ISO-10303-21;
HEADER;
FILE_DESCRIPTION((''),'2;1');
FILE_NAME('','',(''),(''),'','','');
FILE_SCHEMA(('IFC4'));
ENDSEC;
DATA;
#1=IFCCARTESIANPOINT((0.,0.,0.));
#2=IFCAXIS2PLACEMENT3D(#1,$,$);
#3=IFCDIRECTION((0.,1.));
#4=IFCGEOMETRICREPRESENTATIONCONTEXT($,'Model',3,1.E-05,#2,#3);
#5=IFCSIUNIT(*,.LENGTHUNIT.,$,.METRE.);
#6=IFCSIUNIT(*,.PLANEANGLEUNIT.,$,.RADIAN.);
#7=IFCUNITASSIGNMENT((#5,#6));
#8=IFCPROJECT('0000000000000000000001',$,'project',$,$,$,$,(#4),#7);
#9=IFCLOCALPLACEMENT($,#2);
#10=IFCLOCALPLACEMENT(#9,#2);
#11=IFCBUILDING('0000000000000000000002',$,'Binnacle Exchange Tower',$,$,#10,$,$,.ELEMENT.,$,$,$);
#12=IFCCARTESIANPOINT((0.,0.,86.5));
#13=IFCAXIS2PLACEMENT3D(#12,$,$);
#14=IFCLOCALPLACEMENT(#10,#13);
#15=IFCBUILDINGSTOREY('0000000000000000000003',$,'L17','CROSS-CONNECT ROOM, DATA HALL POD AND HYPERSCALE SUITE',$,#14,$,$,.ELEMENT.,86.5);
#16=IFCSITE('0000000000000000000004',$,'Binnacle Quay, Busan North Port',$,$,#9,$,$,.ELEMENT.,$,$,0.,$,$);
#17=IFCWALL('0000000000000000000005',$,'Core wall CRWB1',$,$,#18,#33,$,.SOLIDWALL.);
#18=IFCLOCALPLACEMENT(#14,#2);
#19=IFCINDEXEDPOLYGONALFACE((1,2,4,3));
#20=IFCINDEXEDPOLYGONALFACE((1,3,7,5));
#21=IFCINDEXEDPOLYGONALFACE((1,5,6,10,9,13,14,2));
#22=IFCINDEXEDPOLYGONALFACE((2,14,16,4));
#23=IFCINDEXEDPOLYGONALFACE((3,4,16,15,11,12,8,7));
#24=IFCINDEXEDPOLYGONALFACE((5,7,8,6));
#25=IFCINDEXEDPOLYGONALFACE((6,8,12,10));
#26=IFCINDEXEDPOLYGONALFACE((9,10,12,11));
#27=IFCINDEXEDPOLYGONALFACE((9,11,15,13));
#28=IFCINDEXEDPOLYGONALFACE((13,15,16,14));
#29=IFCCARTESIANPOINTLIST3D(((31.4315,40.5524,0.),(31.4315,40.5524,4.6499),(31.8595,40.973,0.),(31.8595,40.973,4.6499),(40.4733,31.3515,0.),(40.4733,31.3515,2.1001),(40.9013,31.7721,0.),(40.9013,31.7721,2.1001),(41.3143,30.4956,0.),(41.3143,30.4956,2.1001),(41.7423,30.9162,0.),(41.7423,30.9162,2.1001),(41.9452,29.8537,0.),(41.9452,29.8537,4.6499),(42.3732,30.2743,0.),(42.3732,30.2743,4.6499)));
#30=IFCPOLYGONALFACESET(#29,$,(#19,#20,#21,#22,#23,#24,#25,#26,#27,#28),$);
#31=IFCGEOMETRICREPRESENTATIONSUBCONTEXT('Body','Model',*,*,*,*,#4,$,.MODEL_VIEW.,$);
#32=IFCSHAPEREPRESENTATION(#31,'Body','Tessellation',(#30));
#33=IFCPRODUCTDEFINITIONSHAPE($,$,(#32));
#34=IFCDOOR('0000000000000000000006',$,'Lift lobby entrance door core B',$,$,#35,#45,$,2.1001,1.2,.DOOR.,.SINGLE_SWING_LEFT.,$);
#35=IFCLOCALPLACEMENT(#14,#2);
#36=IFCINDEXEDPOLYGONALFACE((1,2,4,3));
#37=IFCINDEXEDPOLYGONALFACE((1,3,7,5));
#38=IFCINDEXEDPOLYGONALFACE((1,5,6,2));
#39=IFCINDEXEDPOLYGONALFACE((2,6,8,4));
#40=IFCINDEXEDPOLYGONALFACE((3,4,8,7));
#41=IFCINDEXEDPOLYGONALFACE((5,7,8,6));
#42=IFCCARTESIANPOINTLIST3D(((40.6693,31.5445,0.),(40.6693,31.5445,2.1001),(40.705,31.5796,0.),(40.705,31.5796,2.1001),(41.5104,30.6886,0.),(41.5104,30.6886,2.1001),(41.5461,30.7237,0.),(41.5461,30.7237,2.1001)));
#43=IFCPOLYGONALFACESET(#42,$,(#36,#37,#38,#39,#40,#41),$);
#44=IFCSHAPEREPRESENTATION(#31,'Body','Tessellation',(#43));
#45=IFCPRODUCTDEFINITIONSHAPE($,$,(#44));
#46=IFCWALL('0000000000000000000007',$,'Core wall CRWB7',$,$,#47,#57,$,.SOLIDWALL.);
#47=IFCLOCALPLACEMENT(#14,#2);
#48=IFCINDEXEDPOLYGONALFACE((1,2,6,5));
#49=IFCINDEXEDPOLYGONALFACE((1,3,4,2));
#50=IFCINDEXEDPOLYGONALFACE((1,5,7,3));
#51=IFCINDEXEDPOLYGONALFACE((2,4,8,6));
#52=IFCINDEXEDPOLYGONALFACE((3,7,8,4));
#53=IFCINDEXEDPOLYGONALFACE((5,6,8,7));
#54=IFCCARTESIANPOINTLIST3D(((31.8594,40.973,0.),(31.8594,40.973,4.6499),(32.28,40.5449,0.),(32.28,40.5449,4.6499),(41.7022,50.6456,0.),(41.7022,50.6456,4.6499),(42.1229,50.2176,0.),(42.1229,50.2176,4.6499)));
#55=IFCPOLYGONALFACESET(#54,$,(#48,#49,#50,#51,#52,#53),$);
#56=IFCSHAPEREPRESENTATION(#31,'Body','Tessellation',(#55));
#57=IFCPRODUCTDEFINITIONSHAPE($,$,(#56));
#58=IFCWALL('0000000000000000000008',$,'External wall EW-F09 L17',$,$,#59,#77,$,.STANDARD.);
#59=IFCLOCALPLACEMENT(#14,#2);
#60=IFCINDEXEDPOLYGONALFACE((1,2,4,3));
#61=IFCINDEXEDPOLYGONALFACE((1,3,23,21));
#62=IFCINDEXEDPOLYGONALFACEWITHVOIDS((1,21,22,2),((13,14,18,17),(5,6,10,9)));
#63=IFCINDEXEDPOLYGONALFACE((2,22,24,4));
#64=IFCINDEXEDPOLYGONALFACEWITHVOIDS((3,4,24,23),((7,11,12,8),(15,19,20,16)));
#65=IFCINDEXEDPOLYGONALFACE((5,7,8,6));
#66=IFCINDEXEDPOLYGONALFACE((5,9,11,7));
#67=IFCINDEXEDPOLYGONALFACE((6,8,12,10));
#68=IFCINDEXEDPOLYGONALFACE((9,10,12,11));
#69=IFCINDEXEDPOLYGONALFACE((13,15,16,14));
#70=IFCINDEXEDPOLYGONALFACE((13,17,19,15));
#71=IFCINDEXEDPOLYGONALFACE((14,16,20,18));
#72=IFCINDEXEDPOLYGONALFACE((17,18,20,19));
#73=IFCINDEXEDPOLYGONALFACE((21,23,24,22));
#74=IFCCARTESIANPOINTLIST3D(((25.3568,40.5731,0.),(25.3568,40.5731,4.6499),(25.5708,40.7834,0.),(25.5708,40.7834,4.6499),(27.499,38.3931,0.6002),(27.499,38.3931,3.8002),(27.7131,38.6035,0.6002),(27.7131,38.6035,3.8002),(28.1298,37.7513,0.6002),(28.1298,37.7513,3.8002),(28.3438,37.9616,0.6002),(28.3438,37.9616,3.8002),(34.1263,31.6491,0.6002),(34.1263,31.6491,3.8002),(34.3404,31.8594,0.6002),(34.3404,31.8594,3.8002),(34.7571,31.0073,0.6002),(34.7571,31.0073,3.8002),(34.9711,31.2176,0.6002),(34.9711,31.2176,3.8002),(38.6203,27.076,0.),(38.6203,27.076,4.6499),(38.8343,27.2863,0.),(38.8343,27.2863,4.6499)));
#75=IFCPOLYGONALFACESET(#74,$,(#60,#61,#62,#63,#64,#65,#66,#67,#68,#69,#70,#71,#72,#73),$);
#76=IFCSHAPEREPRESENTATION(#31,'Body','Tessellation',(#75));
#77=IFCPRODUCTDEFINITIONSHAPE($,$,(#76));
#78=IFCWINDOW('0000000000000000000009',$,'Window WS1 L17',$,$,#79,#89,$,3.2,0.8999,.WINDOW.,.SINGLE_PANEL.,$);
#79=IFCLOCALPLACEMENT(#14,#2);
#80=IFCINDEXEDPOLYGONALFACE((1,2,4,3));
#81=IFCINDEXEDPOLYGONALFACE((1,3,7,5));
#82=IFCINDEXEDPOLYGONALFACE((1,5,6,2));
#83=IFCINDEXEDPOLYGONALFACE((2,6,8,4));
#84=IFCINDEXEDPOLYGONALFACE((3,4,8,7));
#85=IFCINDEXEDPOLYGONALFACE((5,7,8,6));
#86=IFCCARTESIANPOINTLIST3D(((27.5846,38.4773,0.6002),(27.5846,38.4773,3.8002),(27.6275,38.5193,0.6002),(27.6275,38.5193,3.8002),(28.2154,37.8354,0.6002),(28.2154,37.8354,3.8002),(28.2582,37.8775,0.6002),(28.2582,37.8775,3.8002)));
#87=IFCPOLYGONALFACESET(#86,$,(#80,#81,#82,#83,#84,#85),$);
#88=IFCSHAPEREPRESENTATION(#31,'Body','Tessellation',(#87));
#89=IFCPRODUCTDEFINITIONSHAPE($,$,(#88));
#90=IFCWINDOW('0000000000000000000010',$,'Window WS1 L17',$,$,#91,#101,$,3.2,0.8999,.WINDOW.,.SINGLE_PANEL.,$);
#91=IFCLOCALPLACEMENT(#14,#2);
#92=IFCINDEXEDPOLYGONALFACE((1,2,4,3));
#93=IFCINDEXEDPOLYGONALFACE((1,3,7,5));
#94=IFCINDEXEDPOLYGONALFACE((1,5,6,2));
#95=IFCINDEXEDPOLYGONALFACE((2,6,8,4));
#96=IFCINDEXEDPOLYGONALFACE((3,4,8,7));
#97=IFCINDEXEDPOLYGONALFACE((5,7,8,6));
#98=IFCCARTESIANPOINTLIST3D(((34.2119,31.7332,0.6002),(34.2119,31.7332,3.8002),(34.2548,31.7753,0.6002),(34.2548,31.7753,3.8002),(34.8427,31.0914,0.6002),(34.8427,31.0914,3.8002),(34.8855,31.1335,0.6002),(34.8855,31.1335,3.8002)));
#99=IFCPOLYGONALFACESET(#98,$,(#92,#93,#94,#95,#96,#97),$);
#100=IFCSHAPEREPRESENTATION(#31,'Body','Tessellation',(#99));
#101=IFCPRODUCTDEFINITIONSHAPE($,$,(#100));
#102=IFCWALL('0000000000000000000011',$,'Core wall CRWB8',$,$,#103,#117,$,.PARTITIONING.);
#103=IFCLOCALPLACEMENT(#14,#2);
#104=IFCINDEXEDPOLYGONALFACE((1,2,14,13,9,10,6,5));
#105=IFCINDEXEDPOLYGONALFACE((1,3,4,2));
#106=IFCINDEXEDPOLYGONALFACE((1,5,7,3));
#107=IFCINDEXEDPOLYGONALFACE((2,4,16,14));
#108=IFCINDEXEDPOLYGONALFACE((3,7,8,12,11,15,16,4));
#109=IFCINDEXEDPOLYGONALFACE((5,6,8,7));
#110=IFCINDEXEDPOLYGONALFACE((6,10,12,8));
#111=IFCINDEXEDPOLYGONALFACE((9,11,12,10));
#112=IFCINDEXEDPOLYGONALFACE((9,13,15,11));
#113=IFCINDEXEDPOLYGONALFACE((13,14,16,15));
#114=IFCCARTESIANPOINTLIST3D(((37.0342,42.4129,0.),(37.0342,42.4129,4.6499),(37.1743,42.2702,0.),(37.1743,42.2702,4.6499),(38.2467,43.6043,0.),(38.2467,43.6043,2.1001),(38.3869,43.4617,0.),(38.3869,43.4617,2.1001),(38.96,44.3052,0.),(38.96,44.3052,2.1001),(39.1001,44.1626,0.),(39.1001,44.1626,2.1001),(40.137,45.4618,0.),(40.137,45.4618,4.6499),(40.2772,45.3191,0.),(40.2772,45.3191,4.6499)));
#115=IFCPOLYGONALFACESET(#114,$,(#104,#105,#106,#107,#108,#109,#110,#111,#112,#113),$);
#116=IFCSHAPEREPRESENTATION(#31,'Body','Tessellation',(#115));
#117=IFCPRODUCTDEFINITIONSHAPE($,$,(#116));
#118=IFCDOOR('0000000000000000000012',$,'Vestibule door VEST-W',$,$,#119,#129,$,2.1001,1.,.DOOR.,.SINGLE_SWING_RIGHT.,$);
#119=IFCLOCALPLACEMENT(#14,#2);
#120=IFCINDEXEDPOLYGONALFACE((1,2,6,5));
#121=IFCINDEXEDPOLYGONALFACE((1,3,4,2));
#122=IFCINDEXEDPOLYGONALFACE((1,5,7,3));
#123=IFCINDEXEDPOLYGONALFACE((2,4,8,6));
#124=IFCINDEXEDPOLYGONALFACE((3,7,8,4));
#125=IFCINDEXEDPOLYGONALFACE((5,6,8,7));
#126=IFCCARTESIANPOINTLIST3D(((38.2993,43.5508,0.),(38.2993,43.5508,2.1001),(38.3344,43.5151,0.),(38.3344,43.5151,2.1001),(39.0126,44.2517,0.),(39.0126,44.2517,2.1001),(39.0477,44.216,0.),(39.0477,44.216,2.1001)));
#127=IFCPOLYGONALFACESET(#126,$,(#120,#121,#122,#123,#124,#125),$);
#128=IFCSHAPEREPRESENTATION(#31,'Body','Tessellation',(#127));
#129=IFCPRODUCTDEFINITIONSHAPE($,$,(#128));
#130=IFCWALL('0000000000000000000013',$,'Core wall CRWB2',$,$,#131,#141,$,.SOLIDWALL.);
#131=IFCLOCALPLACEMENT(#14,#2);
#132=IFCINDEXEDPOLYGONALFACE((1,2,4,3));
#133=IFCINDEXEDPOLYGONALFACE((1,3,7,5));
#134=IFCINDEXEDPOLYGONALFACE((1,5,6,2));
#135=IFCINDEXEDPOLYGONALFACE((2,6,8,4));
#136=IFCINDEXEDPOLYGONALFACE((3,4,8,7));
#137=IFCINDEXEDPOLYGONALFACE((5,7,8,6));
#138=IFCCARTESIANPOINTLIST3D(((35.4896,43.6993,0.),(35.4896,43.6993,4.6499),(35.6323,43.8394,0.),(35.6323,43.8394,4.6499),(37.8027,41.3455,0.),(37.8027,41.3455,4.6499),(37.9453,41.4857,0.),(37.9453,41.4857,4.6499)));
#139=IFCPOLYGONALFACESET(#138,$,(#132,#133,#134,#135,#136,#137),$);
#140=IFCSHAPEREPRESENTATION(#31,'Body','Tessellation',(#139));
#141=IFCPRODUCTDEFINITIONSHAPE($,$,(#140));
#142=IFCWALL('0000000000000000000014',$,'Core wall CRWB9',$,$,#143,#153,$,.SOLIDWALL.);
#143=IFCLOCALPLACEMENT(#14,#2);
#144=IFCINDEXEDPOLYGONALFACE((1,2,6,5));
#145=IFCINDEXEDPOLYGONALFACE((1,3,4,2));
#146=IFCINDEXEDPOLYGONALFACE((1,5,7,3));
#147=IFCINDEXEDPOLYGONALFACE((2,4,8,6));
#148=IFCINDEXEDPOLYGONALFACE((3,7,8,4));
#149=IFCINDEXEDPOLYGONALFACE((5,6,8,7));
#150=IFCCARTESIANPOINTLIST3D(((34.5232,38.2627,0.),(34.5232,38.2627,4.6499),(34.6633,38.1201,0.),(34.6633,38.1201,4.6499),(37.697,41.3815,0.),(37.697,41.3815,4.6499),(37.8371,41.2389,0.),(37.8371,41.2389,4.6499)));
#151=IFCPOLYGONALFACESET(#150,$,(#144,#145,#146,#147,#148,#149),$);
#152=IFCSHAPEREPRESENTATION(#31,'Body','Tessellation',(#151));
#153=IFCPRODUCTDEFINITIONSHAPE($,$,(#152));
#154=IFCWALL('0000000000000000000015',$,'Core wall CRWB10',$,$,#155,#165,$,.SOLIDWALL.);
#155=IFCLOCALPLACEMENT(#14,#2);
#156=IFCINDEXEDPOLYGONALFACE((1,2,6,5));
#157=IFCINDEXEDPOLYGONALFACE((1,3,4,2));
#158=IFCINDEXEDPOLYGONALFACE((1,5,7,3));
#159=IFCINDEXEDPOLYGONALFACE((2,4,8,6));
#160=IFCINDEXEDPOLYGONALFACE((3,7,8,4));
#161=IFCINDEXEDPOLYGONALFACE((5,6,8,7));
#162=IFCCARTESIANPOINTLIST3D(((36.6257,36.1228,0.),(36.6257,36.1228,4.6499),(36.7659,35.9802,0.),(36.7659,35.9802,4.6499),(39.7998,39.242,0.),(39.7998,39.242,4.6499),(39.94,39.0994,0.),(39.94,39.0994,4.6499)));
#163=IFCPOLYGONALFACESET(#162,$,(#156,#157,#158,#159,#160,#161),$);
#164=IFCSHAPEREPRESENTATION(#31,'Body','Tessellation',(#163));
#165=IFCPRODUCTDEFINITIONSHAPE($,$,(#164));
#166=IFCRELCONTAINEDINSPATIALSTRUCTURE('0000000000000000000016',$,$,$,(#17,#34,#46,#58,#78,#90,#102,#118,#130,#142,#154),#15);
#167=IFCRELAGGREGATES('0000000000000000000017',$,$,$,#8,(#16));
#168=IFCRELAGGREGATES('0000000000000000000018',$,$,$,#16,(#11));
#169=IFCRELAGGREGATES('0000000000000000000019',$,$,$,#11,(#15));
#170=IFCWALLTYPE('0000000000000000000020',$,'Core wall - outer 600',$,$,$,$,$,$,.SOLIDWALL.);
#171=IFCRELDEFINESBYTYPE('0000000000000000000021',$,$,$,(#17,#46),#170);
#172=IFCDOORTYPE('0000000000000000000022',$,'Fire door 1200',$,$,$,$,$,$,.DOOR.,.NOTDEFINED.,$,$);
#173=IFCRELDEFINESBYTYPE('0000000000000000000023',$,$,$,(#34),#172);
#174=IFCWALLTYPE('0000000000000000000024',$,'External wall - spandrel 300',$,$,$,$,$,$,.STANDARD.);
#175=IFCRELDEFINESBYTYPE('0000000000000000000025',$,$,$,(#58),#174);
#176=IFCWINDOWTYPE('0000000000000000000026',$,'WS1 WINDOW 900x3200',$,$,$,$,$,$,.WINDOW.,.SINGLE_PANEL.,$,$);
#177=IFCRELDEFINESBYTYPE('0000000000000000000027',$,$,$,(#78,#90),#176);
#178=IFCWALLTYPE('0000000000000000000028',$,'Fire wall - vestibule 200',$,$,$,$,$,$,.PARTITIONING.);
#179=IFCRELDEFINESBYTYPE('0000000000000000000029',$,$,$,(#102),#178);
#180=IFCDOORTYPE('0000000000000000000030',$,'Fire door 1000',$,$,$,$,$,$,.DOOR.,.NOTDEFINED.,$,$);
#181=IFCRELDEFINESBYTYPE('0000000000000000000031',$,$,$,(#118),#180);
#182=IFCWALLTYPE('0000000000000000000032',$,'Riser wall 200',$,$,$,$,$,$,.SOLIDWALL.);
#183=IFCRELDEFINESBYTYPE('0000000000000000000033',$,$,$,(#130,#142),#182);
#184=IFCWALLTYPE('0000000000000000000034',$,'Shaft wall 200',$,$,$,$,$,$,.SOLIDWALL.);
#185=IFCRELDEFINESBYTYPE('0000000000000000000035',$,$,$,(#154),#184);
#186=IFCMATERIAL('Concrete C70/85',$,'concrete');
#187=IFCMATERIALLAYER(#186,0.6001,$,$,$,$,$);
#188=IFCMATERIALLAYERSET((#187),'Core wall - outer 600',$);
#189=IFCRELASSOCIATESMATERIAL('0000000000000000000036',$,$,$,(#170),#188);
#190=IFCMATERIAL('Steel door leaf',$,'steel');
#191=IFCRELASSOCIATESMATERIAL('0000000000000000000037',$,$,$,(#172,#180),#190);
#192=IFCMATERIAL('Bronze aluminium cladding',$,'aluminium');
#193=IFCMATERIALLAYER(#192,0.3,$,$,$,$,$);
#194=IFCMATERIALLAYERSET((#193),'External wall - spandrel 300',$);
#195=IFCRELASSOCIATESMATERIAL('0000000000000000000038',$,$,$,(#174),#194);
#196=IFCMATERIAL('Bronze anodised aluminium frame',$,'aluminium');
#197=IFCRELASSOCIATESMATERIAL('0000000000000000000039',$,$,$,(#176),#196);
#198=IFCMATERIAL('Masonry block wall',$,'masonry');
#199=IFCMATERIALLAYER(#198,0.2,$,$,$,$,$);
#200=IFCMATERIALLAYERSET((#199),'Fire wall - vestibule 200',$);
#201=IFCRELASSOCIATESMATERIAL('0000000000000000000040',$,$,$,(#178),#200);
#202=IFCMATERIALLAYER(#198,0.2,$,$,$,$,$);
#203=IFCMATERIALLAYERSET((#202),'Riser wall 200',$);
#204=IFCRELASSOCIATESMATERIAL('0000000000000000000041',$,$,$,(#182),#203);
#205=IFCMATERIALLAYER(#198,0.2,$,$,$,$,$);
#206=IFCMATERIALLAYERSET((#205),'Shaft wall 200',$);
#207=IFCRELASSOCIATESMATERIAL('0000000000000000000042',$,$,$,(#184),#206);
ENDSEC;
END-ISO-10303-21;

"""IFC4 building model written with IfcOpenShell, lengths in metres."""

from ifc_helpers import new_model, si_unit, direction, frame, frame_2d, origin, place, context, subcontext, project, spatial, rectangle, extrude, material, layer, layer_set, type_object, element, fill, save


model = new_model("IFC4")

# Units and contexts
model_context = context("Model", 3, precision=1e-05, world=origin(), true_north=direction((0.0, 1.0)))
body_context = subcontext(model_context, "Body", "Model", "MODEL_VIEW")
ifc_project = project(units=[si_unit("LENGTHUNIT", "METRE"), si_unit("PLANEANGLEUNIT", "RADIAN")], contexts=[model_context])

# Site, building, storey
site_placement = place(None, origin())
site = spatial("IfcSite", under=ifc_project, at=site_placement, Name="Binnacle Quay, Busan North Port", CompositionType="ELEMENT", RefElevation=0.0)
building_placement = place(site_placement, origin())
building = spatial("IfcBuilding", under=site, at=building_placement, Name="Binnacle Exchange Tower", CompositionType="ELEMENT")
storey_placement = place(building_placement, frame((0.0, 0.0, 86.5)))
storey = spatial("IfcBuildingStorey", under=building, at=storey_placement, Name="L17", Description="CROSS-CONNECT ROOM, DATA HALL POD AND HYPERSCALE SUITE", CompositionType="ELEMENT", Elevation=86.5)

# Shared definitions
ifc_material_1 = material(Name="Concrete C70/85", Category="concrete")

# Shared definitions
ifc_material_2 = material(Name="Steel door leaf", Category="steel")

# Wall, opening, door
ifc_layer_1 = layer(ifc_material_1, 0.6001)
ifc_layer_set_1 = layer_set([ifc_layer_1], Name="Core wall - outer 600")
wall_type_1 = type_object("IfcWallType", Name="Core wall - outer 600", PredefinedType="SOLIDWALL", material=ifc_layer_set_1)
wall_1_placement = place(storey_placement, frame((31.6455, 40.7627, 0.0), z_axis=(0.0, 0.0, 1.0), x_axis=(0.700911, -0.713248, 0.0)))
wall_1 = element("IfcWall", 1, at=wall_1_placement, inside=storey, type_object=wall_type_1, Name="Core wall CRWB1", PredefinedType="SOLIDWALL", context=body_context, shape_type="SweptSolid", body=[
    extrude(rectangle(XDim=15.0, YDim=0.6001, at=frame_2d((7.5, 0.0))), origin(), (0.0, 0.0, 1.0), 4.6499),
])
opening_1_placement = place(wall_1_placement, frame((12.8999, 0.0, 0.0)))
opening_1 = element("IfcOpeningElement", 2, at=opening_1_placement, cuts=wall_1, PredefinedType="OPENING", context=body_context, shape_type="SweptSolid", body=[
    extrude(rectangle(XDim=1.2, YDim=2.1001, at=frame_2d((0.6001, 1.05))), frame((0.0, 0.3101, 0.0), z_axis=(0.0, -1.0, 0.0), x_axis=(1.0, 0.0, 0.0)), (0.0, 0.0, 1.0), 0.6201),
])
door_type_1 = type_object("IfcDoorType", Name="Fire door 1200", OperationType="NOTDEFINED", PredefinedType="DOOR", material=ifc_material_2)
door_1_placement = place(opening_1_placement, frame((1.2, 0.0, 0.0), z_axis=(0.0, 0.0, 1.0), x_axis=(-1.0, 0.0, 0.0)))
door_1 = element("IfcDoor", 3, at=door_1_placement, inside=storey, type_object=door_type_1, Name="Lift lobby entrance door core B", OperationType="SINGLE_SWING_LEFT", OverallHeight=2.1001, OverallWidth=1.2, PredefinedType="DOOR", context=body_context, shape_type="SweptSolid", body=[
    extrude(rectangle(XDim=1.2, YDim=2.1001, at=frame_2d((0.6001, 1.05))), frame((0.0, 0.0249, 0.0), z_axis=(0.0, -1.0, 0.0), x_axis=(1.0, 0.0, 0.0)), (0.0, 0.0, 1.0), 0.05),
])
fill(opening_1, door_1)

# Wall
wall_2_placement = place(storey_placement, frame((32.0698, 40.759, 0.0), z_axis=(0.0, 0.0, 1.0), x_axis=(0.713245, 0.700914, 0.0)))
element("IfcWall", 4, at=wall_2_placement, inside=storey, type_object=wall_type_1, Name="Core wall CRWB7", PredefinedType="SOLIDWALL", context=body_context, shape_type="SweptSolid", body=[
    extrude(rectangle(XDim=13.8, YDim=0.6001, at=frame_2d((6.8999, 0.0))), origin(), (0.0, 0.0, 1.0), 4.6499),
])

# Wall, openings, windows
ifc_material_3 = material(Name="Bronze aluminium cladding", Category="aluminium")
ifc_layer_2 = layer(ifc_material_3, 0.3)
ifc_layer_set_2 = layer_set([ifc_layer_2], Name="External wall - spandrel 300")
wall_type_2 = type_object("IfcWallType", Name="External wall - spandrel 300", PredefinedType="STANDARD", material=ifc_layer_set_2)
wall_3_placement = place(storey_placement, frame((38.7273, 27.1812, 0.0), z_axis=(0.0, 0.0, 1.0), x_axis=(-0.700906, 0.713253, 0.0)))
wall_3 = element("IfcWall", 5, at=wall_3_placement, inside=storey, type_object=wall_type_2, Name="External wall EW-F09 L17", PredefinedType="STANDARD", context=body_context, shape_type="SweptSolid", body=[
    extrude(rectangle(XDim=18.9233, YDim=0.3, at=frame_2d((9.4617, 0.0))), origin(), (0.0, 0.0, 1.0), 4.6499),
])
opening_2_placement = place(wall_3_placement, frame((14.967, 0.0, 0.6001)))
opening_2 = element("IfcOpeningElement", 6, at=opening_2_placement, cuts=wall_3, PredefinedType="OPENING", context=body_context, shape_type="SweptSolid", body=[
    extrude(rectangle(XDim=0.8999, YDim=3.2, at=frame_2d((0.45, 1.6001))), frame((0.0, 0.1599, 0.0), z_axis=(0.0, -1.0, 0.0), x_axis=(1.0, 0.0, 0.0)), (0.0, 0.0, 1.0), 0.3201),
])
opening_3_placement = place(wall_3_placement, frame((5.5117, 0.0, 0.6001)))
opening_3 = element("IfcOpeningElement", 7, at=opening_3_placement, cuts=wall_3, PredefinedType="OPENING", context=body_context, shape_type="SweptSolid", body=[
    extrude(rectangle(XDim=0.8999, YDim=3.2, at=frame_2d((0.45, 1.6001))), frame((0.0, 0.1599, 0.0), z_axis=(0.0, -1.0, 0.0), x_axis=(1.0, 0.0, 0.0)), (0.0, 0.0, 1.0), 0.3201),
])
ifc_material_4 = material(Name="Bronze anodised aluminium frame", Category="aluminium")
window_type = type_object("IfcWindowType", Name="WS1 WINDOW 900x3200", PartitioningType="SINGLE_PANEL", PredefinedType="WINDOW", material=ifc_material_4)
window_1_placement = place(opening_2_placement, origin())
window_1 = element("IfcWindow", 8, at=window_1_placement, inside=storey, type_object=window_type, Name="Window WS1 L17", OverallHeight=3.2, OverallWidth=0.8999, PartitioningType="SINGLE_PANEL", PredefinedType="WINDOW", context=body_context, shape_type="SweptSolid", body=[
    extrude(rectangle(XDim=0.8999, YDim=3.2, at=frame_2d((0.45, 1.6001))), frame((0.0, 0.03, 0.0), z_axis=(0.0, -1.0, 0.0), x_axis=(1.0, 0.0, 0.0)), (0.0, 0.0, 1.0), 0.0601),
])
fill(opening_2, window_1)
window_2_placement = place(opening_3_placement, origin())
window_2 = element("IfcWindow", 9, at=window_2_placement, inside=storey, type_object=window_type, Name="Window WS1 L17", OverallHeight=3.2, OverallWidth=0.8999, PartitioningType="SINGLE_PANEL", PredefinedType="WINDOW", context=body_context, shape_type="SweptSolid", body=[
    extrude(rectangle(XDim=0.8999, YDim=3.2, at=frame_2d((0.45, 1.6001))), frame((0.0, 0.03, 0.0), z_axis=(0.0, -1.0, 0.0), x_axis=(1.0, 0.0, 0.0)), (0.0, 0.0, 1.0), 0.0601),
])
fill(opening_3, window_2)

# Wall, opening, door
ifc_material_5 = material(Name="Masonry block wall", Category="masonry")
ifc_layer_3 = layer(ifc_material_5, 0.2)
ifc_layer_set_3 = layer_set([ifc_layer_3], Name="Fire wall - vestibule 200")
wall_type_3 = type_object("IfcWallType", Name="Fire wall - vestibule 200", PredefinedType="PARTITIONING", material=ifc_layer_set_3)
wall_4_placement = place(storey_placement, frame((37.1042, 42.3416, 0.0), z_axis=(0.0, 0.0, 1.0), x_axis=(0.713281, 0.700878, 0.0)))
wall_4 = element("IfcWall", 10, at=wall_4_placement, inside=storey, type_object=wall_type_3, Name="Core wall CRWB8", PredefinedType="PARTITIONING", context=body_context, shape_type="SweptSolid", body=[
    extrude(rectangle(XDim=4.3501, YDim=0.2, at=frame_2d((2.175, 0.0))), origin(), (0.0, 0.0, 1.0), 4.6499),
])
opening_4_placement = place(wall_4_placement, frame((1.7, 0.0, 0.0)))
opening_4 = element("IfcOpeningElement", 11, at=opening_4_placement, cuts=wall_4, PredefinedType="OPENING", context=body_context, shape_type="SweptSolid", body=[
    extrude(rectangle(XDim=1.0, YDim=2.1001, at=frame_2d((0.5, 1.05))), frame((0.0, 0.1099, 0.0), z_axis=(0.0, -1.0, 0.0), x_axis=(1.0, 0.0, 0.0)), (0.0, 0.0, 1.0), 0.22),
])
door_type_2 = type_object("IfcDoorType", Name="Fire door 1000", OperationType="NOTDEFINED", PredefinedType="DOOR", material=ifc_material_2)
door_2_placement = place(opening_4_placement, origin())
door_2 = element("IfcDoor", 12, at=door_2_placement, inside=storey, type_object=door_type_2, Name="Vestibule door VEST-W", OperationType="SINGLE_SWING_RIGHT", OverallHeight=2.1001, OverallWidth=1.0, PredefinedType="DOOR", context=body_context, shape_type="SweptSolid", body=[
    extrude(rectangle(XDim=1.0, YDim=2.1001, at=frame_2d((0.5, 1.05))), frame((0.0, 0.0249, 0.0), z_axis=(0.0, -1.0, 0.0), x_axis=(1.0, 0.0, 0.0)), (0.0, 0.0, 1.0), 0.05),
])
fill(opening_4, door_2)

# Walls
ifc_layer_4 = layer(ifc_material_5, 0.2)
ifc_layer_set_4 = layer_set([ifc_layer_4], Name="Riser wall 200")
wall_type_4 = type_object("IfcWallType", Name="Riser wall 200", PredefinedType="SOLIDWALL", material=ifc_layer_set_4)
wall_5_placement = place(storey_placement, frame((35.561, 43.7693, 0.0), z_axis=(0.0, 0.0, 1.0), x_axis=(0.700902, -0.713257, 0.0)))
element("IfcWall", 13, at=wall_5_placement, inside=storey, type_object=wall_type_4, Name="Core wall CRWB2", PredefinedType="SOLIDWALL", context=body_context, shape_type="SweptSolid", body=[
    extrude(rectangle(XDim=3.3, YDim=0.2, at=frame_2d((1.6499, 0.0))), origin(), (0.0, 0.0, 1.0), 4.6499),
])
wall_6_placement = place(storey_placement, frame((34.5933, 38.1914, 0.0), z_axis=(0.0, 0.0, 1.0), x_axis=(0.713252, 0.700907, 0.0)))
element("IfcWall", 14, at=wall_6_placement, inside=storey, type_object=wall_type_4, Name="Core wall CRWB9", PredefinedType="SOLIDWALL", context=body_context, shape_type="SweptSolid", body=[
    extrude(rectangle(XDim=4.4497, YDim=0.2, at=frame_2d((2.2249, 0.0))), origin(), (0.0, 0.0, 1.0), 4.6499),
])
ifc_layer_5 = layer(ifc_material_5, 0.2)
ifc_layer_set_5 = layer_set([ifc_layer_5], Name="Shaft wall 200")
wall_type_5 = type_object("IfcWallType", Name="Shaft wall 200", PredefinedType="SOLIDWALL", material=ifc_layer_set_5)
wall_7_placement = place(storey_placement, frame((36.6958, 36.0515, 0.0), z_axis=(0.0, 0.0, 1.0), x_axis=(0.713252, 0.700908, 0.0)))
element("IfcWall", 15, at=wall_7_placement, inside=storey, type_object=wall_type_5, Name="Core wall CRWB10", PredefinedType="SOLIDWALL", context=body_context, shape_type="SweptSolid", body=[
    extrude(rectangle(XDim=4.4502, YDim=0.2, at=frame_2d((2.2251, 0.0))), origin(), (0.0, 0.0, 1.0), 4.6499),
])

save(model, "model.ifc")
